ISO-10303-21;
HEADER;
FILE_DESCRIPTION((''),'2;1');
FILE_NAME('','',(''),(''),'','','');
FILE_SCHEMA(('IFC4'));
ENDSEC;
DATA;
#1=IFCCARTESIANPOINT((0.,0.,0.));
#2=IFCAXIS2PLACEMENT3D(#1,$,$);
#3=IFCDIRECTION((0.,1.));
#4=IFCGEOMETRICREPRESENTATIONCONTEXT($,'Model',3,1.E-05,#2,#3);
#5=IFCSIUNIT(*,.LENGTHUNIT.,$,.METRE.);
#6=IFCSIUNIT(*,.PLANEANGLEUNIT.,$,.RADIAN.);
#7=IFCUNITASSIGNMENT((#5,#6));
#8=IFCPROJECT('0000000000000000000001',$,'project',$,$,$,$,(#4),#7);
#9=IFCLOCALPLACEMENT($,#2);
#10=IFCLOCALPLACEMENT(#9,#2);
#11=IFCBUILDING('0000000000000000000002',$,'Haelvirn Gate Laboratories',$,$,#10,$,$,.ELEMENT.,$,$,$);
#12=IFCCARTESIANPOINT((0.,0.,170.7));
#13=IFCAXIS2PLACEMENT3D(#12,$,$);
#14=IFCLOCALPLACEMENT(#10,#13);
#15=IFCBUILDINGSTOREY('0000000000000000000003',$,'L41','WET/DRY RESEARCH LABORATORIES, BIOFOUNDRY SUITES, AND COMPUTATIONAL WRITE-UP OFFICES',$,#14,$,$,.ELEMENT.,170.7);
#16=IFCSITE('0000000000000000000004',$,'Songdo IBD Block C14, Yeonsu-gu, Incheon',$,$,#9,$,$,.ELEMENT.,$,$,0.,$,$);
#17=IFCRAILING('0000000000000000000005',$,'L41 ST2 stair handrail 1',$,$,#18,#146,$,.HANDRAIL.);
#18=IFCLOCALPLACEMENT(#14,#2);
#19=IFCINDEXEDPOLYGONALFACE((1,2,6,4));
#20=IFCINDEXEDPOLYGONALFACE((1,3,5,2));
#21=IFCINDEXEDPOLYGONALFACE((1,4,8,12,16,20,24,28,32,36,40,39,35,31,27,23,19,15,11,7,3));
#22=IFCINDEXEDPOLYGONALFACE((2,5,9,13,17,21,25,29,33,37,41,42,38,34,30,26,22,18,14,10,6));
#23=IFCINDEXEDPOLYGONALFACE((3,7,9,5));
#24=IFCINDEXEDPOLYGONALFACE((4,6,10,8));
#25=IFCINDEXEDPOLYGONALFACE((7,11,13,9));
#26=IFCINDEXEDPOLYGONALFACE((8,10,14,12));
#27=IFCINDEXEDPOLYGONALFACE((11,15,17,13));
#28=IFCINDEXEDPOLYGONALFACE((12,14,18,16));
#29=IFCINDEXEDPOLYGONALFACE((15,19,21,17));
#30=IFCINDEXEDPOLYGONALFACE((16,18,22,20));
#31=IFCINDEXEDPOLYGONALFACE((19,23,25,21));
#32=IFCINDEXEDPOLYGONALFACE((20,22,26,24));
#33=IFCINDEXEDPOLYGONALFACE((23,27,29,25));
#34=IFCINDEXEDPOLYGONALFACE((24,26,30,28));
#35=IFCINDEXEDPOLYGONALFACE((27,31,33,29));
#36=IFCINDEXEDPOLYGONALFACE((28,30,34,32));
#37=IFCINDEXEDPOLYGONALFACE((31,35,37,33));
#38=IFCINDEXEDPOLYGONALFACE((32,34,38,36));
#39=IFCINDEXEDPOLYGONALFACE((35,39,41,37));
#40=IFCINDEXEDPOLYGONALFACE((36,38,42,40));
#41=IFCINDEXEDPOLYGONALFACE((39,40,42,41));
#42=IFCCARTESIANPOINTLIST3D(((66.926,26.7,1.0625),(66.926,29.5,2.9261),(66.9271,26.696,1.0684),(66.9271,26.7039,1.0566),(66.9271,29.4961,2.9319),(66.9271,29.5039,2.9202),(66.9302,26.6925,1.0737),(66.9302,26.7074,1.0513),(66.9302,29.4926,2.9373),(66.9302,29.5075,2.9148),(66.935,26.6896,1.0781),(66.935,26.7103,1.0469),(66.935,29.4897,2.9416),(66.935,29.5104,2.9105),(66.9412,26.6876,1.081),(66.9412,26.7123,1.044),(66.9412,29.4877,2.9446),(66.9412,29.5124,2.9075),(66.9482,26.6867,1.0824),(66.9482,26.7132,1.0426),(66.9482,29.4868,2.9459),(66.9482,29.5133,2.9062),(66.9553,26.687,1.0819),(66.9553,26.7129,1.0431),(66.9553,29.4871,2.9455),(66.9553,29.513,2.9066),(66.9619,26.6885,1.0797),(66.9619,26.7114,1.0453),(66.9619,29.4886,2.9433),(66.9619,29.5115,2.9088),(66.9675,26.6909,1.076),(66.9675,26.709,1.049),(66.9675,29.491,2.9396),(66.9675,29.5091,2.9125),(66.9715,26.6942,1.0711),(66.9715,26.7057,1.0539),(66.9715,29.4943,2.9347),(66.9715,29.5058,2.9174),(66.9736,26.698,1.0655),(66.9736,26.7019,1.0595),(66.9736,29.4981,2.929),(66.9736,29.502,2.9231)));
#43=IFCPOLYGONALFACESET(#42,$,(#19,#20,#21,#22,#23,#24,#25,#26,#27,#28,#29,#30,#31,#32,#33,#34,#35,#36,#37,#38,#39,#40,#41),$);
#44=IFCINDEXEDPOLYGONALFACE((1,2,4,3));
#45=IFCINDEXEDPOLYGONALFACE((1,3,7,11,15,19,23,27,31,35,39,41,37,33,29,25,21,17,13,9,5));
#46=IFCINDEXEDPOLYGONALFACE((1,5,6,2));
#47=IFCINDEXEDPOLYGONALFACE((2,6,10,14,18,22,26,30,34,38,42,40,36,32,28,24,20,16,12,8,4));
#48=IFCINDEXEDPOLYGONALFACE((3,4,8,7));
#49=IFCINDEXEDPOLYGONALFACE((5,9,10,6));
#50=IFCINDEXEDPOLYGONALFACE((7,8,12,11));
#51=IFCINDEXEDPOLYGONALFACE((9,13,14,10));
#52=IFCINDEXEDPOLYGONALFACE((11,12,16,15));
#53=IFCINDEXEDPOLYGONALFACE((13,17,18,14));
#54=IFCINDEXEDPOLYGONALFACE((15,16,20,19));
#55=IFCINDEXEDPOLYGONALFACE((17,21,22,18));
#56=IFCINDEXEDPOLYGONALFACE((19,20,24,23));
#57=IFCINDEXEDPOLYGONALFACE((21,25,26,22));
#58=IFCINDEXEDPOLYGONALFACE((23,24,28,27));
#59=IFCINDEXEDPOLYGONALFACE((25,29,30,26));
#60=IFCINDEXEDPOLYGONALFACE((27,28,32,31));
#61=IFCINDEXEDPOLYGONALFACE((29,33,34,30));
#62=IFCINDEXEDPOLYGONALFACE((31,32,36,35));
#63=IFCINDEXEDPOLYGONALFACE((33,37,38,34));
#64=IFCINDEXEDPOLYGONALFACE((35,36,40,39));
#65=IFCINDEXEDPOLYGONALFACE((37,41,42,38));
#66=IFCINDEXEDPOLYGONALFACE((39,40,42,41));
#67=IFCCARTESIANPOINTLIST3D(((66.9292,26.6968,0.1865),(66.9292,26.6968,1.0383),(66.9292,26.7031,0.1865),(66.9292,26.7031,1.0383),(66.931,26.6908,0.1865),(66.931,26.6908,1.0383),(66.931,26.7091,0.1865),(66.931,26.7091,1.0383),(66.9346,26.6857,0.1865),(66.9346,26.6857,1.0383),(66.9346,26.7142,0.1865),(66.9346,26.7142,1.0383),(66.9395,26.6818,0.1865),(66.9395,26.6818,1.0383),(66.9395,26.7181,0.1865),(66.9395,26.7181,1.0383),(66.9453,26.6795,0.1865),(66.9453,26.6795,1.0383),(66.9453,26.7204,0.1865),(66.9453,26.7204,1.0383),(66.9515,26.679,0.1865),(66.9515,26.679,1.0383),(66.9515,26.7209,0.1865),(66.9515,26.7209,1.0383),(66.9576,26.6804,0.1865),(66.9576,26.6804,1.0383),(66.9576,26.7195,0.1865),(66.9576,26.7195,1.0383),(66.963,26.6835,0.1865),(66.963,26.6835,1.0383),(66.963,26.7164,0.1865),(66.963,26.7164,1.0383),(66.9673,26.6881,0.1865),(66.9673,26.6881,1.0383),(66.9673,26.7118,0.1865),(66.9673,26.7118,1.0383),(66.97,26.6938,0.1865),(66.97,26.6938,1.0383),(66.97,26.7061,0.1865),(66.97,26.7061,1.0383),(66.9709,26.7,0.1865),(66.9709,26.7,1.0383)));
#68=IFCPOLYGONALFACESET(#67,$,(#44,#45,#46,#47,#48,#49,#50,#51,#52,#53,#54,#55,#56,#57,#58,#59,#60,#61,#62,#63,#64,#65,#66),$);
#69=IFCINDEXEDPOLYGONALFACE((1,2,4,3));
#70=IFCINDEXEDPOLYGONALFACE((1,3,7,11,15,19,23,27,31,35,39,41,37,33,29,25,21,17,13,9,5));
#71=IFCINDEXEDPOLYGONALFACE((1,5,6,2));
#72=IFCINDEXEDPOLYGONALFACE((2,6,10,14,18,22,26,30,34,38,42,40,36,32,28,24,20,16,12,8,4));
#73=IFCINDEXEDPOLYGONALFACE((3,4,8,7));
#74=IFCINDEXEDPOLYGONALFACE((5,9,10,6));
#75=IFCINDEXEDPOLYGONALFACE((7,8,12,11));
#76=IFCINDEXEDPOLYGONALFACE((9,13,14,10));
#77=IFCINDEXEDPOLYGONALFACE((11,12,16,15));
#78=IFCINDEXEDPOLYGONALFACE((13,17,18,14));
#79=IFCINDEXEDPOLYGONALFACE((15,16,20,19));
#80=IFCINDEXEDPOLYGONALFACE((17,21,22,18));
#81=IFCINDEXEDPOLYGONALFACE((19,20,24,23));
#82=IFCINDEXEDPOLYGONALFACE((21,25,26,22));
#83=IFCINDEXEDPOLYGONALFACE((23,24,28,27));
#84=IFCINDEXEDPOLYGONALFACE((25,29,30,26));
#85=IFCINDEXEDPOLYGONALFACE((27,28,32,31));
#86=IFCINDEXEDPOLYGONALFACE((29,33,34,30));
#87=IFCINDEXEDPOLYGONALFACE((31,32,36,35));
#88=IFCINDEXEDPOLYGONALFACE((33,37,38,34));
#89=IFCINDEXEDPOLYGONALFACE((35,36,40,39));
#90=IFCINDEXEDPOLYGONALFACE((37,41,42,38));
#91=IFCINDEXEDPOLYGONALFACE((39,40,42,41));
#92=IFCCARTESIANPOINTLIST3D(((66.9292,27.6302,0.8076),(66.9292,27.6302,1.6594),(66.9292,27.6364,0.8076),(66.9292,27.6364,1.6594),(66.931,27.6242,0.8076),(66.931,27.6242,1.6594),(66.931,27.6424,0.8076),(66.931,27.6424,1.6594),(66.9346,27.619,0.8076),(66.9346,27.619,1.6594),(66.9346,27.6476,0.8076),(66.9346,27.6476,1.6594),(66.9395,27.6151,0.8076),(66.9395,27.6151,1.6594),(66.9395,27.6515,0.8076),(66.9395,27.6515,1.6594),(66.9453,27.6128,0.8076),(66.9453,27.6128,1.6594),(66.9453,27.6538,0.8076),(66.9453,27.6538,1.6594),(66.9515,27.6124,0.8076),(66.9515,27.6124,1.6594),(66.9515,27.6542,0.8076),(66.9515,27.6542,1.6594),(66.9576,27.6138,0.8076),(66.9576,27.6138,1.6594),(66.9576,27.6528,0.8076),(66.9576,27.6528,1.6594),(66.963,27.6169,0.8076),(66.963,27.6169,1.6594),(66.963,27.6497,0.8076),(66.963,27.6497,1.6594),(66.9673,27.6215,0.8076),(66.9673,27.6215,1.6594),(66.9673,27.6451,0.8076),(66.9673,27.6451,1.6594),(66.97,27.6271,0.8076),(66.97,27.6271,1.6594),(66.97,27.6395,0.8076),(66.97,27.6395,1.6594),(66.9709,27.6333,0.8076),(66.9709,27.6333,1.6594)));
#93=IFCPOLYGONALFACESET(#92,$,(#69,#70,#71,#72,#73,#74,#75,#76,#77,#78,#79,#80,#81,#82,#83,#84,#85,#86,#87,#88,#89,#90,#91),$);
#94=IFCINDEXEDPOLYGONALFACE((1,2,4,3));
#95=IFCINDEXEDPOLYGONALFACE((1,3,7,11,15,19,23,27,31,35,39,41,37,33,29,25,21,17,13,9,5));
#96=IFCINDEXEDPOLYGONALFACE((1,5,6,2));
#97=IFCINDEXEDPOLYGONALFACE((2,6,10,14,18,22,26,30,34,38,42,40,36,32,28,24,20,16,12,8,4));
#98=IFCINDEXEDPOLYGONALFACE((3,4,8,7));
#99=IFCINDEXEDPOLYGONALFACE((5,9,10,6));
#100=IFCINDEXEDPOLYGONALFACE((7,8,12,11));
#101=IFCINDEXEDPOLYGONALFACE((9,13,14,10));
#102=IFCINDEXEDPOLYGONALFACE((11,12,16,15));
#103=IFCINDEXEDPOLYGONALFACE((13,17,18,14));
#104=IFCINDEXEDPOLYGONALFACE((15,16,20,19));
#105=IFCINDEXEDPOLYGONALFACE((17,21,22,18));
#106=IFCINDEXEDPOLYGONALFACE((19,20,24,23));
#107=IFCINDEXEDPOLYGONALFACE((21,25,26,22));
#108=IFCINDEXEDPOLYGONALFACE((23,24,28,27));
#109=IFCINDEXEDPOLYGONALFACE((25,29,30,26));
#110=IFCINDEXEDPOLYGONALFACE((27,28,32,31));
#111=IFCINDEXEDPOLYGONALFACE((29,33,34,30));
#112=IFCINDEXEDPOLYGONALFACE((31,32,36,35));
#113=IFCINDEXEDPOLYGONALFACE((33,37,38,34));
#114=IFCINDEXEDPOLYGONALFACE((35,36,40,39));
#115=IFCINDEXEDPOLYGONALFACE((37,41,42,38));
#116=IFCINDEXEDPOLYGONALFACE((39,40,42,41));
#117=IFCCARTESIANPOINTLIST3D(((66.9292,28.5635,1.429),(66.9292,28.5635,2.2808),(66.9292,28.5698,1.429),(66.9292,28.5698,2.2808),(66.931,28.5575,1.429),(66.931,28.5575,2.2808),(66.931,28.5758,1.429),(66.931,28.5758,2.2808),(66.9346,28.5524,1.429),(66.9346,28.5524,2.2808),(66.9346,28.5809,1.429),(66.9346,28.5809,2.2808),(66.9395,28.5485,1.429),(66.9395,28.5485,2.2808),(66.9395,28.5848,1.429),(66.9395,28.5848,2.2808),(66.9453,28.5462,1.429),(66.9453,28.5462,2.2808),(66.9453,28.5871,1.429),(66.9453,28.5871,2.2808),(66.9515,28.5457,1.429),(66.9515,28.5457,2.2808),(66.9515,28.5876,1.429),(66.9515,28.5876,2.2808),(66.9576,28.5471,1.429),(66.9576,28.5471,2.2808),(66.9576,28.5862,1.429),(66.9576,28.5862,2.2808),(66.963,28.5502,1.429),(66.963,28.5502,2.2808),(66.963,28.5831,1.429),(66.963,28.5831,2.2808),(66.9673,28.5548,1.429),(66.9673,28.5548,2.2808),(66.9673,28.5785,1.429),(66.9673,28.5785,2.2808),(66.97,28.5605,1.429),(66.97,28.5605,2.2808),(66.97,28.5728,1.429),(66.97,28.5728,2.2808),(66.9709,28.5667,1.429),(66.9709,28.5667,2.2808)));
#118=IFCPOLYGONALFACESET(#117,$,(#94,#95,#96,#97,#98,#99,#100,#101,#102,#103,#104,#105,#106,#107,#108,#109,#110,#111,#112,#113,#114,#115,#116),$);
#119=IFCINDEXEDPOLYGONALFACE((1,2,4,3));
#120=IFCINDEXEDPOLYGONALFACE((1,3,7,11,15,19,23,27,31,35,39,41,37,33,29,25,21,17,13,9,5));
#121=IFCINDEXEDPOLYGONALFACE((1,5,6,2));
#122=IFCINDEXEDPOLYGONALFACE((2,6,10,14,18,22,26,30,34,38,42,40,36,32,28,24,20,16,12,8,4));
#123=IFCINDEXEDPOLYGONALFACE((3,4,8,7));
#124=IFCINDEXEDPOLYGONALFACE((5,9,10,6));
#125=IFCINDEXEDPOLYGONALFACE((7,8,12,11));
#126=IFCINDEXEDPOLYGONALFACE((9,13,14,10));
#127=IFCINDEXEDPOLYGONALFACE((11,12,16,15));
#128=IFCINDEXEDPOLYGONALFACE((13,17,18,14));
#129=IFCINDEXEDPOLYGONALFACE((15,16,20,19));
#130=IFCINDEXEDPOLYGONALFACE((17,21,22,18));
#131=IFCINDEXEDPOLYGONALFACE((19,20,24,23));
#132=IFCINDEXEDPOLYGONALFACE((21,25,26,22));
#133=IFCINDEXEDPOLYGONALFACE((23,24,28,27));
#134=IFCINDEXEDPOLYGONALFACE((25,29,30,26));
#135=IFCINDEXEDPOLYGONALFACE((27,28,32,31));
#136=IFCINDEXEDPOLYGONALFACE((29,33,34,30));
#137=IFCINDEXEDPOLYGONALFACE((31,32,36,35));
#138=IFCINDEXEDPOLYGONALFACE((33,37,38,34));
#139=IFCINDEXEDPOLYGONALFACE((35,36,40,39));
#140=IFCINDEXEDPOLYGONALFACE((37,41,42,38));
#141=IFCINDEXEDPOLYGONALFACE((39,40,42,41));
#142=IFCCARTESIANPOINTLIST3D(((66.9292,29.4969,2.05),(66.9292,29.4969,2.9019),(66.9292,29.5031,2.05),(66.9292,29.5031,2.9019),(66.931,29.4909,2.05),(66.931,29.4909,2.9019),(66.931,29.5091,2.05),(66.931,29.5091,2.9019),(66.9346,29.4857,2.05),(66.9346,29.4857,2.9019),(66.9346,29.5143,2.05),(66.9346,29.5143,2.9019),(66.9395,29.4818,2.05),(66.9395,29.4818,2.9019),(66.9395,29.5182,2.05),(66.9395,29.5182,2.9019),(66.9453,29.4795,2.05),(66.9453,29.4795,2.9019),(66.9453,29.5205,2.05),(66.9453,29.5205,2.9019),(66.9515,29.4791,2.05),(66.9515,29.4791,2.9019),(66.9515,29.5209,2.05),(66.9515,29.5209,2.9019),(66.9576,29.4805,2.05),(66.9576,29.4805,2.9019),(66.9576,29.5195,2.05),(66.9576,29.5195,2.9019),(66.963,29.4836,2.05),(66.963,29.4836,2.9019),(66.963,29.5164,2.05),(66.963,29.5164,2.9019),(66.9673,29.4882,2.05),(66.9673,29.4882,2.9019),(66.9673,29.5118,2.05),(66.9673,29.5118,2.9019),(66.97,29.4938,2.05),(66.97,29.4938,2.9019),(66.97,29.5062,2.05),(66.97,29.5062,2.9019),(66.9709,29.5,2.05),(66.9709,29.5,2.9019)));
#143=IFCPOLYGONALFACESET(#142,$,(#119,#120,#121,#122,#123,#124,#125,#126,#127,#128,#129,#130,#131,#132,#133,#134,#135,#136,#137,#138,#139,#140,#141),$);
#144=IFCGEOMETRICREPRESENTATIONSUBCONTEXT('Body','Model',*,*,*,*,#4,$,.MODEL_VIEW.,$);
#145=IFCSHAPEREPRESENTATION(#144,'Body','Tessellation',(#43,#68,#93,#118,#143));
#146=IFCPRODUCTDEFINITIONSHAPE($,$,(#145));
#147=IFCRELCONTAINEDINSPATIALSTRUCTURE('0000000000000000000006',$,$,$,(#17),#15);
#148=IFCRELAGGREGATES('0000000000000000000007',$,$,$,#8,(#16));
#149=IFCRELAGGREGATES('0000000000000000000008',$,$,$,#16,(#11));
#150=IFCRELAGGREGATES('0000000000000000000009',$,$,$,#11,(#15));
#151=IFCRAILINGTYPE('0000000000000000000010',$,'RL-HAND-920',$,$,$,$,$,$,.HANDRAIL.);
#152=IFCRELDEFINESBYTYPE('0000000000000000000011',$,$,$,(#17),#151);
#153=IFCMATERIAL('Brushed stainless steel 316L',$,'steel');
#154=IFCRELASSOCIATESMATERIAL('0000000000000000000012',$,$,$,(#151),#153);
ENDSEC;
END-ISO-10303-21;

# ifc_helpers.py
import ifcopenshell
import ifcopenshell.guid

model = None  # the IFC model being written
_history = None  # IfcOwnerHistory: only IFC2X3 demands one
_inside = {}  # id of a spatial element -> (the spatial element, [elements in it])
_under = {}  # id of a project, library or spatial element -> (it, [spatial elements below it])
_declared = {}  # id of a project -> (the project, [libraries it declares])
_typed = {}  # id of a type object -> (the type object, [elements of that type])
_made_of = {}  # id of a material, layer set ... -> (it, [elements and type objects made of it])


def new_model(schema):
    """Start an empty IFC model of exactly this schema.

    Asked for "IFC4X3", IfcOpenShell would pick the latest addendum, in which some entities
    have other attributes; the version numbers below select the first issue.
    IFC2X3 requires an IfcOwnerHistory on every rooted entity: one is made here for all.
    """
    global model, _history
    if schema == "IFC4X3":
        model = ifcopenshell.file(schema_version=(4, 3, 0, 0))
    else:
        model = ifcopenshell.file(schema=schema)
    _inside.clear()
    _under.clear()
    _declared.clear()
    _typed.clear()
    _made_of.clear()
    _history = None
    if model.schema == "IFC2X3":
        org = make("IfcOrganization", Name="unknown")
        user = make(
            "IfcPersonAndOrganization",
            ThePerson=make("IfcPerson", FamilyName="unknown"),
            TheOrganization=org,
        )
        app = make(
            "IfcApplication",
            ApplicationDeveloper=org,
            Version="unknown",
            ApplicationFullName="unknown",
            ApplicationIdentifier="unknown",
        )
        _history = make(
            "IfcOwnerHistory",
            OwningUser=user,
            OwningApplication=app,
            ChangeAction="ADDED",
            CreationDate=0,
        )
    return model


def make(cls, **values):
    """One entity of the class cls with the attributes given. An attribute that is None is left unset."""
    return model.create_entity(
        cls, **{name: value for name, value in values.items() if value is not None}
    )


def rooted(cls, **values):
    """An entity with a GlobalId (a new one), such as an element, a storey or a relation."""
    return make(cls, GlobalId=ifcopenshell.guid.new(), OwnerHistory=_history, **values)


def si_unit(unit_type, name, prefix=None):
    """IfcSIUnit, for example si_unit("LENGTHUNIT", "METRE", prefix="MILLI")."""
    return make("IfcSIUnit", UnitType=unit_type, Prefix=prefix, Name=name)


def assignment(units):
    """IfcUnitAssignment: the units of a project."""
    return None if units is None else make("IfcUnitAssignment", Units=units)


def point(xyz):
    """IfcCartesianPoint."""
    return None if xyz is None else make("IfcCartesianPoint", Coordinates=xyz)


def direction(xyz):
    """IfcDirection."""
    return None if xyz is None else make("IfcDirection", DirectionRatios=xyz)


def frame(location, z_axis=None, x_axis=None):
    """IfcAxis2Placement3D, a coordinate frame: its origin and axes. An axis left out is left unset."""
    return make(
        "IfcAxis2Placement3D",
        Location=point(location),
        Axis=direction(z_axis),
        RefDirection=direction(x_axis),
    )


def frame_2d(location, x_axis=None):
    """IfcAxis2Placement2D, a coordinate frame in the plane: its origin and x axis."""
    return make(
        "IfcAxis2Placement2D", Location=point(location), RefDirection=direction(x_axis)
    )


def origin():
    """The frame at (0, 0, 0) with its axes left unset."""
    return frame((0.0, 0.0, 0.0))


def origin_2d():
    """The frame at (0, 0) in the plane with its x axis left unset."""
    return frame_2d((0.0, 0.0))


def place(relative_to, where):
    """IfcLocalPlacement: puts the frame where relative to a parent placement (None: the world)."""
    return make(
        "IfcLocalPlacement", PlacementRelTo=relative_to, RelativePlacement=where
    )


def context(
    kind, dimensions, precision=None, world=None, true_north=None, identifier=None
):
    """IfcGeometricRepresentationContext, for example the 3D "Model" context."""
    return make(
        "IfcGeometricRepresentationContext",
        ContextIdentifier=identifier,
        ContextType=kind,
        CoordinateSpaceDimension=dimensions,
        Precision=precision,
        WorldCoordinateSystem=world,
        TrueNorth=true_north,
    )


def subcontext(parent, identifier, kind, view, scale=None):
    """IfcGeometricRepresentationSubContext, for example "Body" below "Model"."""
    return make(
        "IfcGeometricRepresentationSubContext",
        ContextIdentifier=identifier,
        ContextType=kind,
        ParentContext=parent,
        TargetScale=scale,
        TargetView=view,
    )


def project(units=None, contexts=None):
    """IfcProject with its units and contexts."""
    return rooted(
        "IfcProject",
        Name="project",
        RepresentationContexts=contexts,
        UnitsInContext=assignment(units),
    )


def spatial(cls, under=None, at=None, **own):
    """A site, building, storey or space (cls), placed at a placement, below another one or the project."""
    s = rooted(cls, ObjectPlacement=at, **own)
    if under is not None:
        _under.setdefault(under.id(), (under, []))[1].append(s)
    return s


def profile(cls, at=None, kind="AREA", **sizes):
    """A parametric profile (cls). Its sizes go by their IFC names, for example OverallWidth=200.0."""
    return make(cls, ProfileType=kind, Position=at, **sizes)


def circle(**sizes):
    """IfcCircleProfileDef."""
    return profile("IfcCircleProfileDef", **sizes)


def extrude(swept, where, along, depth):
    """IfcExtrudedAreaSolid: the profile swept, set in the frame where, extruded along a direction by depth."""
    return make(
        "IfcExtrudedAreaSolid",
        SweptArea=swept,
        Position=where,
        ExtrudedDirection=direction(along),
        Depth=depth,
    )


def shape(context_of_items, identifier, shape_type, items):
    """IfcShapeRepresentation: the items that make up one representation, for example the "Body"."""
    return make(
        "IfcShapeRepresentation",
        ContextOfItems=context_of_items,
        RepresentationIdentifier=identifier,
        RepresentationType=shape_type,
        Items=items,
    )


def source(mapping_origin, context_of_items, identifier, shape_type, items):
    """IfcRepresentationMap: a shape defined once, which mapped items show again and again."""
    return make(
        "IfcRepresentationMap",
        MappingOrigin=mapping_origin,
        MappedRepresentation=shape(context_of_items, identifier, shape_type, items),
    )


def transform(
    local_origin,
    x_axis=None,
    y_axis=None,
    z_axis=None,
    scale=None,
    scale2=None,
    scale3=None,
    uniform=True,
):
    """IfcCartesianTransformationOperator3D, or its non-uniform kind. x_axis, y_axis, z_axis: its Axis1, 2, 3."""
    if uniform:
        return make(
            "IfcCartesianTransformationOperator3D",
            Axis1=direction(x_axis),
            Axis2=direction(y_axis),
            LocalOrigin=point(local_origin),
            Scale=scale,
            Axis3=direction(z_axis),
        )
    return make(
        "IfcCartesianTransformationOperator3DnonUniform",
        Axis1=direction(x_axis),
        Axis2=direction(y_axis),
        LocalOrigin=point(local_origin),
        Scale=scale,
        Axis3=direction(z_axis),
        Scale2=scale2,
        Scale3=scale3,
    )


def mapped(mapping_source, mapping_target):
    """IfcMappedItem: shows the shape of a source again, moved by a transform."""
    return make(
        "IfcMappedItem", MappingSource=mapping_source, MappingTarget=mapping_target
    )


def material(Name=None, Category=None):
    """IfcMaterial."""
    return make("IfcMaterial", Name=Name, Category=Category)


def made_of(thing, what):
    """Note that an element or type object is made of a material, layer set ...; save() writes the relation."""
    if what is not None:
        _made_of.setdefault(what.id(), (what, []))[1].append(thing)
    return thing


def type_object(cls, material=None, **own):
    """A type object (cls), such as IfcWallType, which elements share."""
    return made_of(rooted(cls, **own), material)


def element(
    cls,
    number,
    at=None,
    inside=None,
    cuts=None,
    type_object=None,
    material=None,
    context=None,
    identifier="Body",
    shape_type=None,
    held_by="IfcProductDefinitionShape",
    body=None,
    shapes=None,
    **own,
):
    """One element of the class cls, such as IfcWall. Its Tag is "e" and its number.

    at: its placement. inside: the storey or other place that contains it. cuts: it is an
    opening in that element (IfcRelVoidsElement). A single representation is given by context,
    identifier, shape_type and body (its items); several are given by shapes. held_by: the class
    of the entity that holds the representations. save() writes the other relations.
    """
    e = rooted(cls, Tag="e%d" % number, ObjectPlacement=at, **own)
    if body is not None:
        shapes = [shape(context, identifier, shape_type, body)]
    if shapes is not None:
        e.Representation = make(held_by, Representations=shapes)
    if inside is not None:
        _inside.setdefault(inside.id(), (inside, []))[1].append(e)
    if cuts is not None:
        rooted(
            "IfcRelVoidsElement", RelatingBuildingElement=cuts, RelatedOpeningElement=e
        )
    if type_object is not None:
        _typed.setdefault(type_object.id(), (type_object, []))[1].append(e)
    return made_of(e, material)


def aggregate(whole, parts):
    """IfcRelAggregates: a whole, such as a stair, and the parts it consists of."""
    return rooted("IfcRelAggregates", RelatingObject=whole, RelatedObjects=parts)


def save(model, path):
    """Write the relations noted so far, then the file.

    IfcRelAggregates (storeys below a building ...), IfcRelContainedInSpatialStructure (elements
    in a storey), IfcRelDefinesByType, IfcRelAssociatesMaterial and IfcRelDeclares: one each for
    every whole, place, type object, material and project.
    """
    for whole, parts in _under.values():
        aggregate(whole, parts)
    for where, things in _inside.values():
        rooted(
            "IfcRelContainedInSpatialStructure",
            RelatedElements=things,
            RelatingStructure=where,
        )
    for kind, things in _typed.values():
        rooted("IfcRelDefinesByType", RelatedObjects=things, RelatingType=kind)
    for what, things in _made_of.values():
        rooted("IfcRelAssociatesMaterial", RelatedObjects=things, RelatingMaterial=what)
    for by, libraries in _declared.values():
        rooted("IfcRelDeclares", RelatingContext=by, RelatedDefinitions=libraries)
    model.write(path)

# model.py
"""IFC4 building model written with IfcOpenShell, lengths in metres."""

from ifc_helpers import new_model, si_unit, direction, frame, origin, origin_2d, place, context, subcontext, project, spatial, circle, extrude, source, transform, mapped, material, type_object, element, save


model = new_model("IFC4")

# Units and contexts
model_context = context("Model", 3, precision=1e-05, world=origin(), true_north=direction((0.0, 1.0)))
body_context = subcontext(model_context, "Body", "Model", "MODEL_VIEW")
ifc_project = project(units=[si_unit("LENGTHUNIT", "METRE"), si_unit("PLANEANGLEUNIT", "RADIAN")], contexts=[model_context])

# Site, building, storey
site_placement = place(None, origin())
site = spatial("IfcSite", under=ifc_project, at=site_placement, Name="Songdo IBD Block C14, Yeonsu-gu, Incheon", CompositionType="ELEMENT", RefElevation=0.0)
building_placement = place(site_placement, origin())
building = spatial("IfcBuilding", under=site, at=building_placement, Name="Haelvirn Gate Laboratories", CompositionType="ELEMENT")
storey_placement = place(building_placement, frame((0.0, 0.0, 170.7)))
storey = spatial("IfcBuildingStorey", under=building, at=storey_placement, Name="L41", Description="WET/DRY RESEARCH LABORATORIES, BIOFOUNDRY SUITES, AND COMPUTATIONAL WRITE-UP OFFICES", CompositionType="ELEMENT", Elevation=170.7)

# Railing
ifc_material_1 = material(Name="Brushed stainless steel 316L", Category="steel")
railing_type_1 = type_object("IfcRailingType", Name="RL-HAND-920", PredefinedType="HANDRAIL", material=ifc_material_1)
shared_shape_1 = source(origin(), body_context, "Body", "SweptSolid", [
    extrude(circle(Radius=0.0239, at=origin_2d()), frame((0.0, 0.0, 0.876), z_axis=(0.0, 0.832486, 0.554047), x_axis=(-1.0, 0.0, 0.0)), (0.0, 0.0, 1.0), 3.3635),
    extrude(circle(Radius=0.021, at=origin_2d()), origin(), (0.0, 0.0, 1.0), 0.8518),
    extrude(circle(Radius=0.021, at=origin_2d()), frame((0.0, 0.9333, 0.6211)), (0.0, 0.0, 1.0), 0.8518),
    extrude(circle(Radius=0.021, at=origin_2d()), frame((0.0, 1.8667, 1.2424)), (0.0, 0.0, 1.0), 0.8518),
    extrude(circle(Radius=0.021, at=origin_2d()), frame((0.0, 2.8, 1.8635)), (0.0, 0.0, 1.0), 0.8518),
])
railing_1_placement = place(storey_placement, frame((66.95, 26.7, 0.1865)))
element("IfcRailing", 1, at=railing_1_placement, inside=storey, type_object=railing_type_1, Name="L41 ST2 stair handrail 1", PredefinedType="HANDRAIL", context=body_context, shape_type="MappedRepresentation", body=[
    mapped(shared_shape_1, transform((0.0, 0.0, 0.0), scale=1.0)),
])

save(model, "model.ifc")
